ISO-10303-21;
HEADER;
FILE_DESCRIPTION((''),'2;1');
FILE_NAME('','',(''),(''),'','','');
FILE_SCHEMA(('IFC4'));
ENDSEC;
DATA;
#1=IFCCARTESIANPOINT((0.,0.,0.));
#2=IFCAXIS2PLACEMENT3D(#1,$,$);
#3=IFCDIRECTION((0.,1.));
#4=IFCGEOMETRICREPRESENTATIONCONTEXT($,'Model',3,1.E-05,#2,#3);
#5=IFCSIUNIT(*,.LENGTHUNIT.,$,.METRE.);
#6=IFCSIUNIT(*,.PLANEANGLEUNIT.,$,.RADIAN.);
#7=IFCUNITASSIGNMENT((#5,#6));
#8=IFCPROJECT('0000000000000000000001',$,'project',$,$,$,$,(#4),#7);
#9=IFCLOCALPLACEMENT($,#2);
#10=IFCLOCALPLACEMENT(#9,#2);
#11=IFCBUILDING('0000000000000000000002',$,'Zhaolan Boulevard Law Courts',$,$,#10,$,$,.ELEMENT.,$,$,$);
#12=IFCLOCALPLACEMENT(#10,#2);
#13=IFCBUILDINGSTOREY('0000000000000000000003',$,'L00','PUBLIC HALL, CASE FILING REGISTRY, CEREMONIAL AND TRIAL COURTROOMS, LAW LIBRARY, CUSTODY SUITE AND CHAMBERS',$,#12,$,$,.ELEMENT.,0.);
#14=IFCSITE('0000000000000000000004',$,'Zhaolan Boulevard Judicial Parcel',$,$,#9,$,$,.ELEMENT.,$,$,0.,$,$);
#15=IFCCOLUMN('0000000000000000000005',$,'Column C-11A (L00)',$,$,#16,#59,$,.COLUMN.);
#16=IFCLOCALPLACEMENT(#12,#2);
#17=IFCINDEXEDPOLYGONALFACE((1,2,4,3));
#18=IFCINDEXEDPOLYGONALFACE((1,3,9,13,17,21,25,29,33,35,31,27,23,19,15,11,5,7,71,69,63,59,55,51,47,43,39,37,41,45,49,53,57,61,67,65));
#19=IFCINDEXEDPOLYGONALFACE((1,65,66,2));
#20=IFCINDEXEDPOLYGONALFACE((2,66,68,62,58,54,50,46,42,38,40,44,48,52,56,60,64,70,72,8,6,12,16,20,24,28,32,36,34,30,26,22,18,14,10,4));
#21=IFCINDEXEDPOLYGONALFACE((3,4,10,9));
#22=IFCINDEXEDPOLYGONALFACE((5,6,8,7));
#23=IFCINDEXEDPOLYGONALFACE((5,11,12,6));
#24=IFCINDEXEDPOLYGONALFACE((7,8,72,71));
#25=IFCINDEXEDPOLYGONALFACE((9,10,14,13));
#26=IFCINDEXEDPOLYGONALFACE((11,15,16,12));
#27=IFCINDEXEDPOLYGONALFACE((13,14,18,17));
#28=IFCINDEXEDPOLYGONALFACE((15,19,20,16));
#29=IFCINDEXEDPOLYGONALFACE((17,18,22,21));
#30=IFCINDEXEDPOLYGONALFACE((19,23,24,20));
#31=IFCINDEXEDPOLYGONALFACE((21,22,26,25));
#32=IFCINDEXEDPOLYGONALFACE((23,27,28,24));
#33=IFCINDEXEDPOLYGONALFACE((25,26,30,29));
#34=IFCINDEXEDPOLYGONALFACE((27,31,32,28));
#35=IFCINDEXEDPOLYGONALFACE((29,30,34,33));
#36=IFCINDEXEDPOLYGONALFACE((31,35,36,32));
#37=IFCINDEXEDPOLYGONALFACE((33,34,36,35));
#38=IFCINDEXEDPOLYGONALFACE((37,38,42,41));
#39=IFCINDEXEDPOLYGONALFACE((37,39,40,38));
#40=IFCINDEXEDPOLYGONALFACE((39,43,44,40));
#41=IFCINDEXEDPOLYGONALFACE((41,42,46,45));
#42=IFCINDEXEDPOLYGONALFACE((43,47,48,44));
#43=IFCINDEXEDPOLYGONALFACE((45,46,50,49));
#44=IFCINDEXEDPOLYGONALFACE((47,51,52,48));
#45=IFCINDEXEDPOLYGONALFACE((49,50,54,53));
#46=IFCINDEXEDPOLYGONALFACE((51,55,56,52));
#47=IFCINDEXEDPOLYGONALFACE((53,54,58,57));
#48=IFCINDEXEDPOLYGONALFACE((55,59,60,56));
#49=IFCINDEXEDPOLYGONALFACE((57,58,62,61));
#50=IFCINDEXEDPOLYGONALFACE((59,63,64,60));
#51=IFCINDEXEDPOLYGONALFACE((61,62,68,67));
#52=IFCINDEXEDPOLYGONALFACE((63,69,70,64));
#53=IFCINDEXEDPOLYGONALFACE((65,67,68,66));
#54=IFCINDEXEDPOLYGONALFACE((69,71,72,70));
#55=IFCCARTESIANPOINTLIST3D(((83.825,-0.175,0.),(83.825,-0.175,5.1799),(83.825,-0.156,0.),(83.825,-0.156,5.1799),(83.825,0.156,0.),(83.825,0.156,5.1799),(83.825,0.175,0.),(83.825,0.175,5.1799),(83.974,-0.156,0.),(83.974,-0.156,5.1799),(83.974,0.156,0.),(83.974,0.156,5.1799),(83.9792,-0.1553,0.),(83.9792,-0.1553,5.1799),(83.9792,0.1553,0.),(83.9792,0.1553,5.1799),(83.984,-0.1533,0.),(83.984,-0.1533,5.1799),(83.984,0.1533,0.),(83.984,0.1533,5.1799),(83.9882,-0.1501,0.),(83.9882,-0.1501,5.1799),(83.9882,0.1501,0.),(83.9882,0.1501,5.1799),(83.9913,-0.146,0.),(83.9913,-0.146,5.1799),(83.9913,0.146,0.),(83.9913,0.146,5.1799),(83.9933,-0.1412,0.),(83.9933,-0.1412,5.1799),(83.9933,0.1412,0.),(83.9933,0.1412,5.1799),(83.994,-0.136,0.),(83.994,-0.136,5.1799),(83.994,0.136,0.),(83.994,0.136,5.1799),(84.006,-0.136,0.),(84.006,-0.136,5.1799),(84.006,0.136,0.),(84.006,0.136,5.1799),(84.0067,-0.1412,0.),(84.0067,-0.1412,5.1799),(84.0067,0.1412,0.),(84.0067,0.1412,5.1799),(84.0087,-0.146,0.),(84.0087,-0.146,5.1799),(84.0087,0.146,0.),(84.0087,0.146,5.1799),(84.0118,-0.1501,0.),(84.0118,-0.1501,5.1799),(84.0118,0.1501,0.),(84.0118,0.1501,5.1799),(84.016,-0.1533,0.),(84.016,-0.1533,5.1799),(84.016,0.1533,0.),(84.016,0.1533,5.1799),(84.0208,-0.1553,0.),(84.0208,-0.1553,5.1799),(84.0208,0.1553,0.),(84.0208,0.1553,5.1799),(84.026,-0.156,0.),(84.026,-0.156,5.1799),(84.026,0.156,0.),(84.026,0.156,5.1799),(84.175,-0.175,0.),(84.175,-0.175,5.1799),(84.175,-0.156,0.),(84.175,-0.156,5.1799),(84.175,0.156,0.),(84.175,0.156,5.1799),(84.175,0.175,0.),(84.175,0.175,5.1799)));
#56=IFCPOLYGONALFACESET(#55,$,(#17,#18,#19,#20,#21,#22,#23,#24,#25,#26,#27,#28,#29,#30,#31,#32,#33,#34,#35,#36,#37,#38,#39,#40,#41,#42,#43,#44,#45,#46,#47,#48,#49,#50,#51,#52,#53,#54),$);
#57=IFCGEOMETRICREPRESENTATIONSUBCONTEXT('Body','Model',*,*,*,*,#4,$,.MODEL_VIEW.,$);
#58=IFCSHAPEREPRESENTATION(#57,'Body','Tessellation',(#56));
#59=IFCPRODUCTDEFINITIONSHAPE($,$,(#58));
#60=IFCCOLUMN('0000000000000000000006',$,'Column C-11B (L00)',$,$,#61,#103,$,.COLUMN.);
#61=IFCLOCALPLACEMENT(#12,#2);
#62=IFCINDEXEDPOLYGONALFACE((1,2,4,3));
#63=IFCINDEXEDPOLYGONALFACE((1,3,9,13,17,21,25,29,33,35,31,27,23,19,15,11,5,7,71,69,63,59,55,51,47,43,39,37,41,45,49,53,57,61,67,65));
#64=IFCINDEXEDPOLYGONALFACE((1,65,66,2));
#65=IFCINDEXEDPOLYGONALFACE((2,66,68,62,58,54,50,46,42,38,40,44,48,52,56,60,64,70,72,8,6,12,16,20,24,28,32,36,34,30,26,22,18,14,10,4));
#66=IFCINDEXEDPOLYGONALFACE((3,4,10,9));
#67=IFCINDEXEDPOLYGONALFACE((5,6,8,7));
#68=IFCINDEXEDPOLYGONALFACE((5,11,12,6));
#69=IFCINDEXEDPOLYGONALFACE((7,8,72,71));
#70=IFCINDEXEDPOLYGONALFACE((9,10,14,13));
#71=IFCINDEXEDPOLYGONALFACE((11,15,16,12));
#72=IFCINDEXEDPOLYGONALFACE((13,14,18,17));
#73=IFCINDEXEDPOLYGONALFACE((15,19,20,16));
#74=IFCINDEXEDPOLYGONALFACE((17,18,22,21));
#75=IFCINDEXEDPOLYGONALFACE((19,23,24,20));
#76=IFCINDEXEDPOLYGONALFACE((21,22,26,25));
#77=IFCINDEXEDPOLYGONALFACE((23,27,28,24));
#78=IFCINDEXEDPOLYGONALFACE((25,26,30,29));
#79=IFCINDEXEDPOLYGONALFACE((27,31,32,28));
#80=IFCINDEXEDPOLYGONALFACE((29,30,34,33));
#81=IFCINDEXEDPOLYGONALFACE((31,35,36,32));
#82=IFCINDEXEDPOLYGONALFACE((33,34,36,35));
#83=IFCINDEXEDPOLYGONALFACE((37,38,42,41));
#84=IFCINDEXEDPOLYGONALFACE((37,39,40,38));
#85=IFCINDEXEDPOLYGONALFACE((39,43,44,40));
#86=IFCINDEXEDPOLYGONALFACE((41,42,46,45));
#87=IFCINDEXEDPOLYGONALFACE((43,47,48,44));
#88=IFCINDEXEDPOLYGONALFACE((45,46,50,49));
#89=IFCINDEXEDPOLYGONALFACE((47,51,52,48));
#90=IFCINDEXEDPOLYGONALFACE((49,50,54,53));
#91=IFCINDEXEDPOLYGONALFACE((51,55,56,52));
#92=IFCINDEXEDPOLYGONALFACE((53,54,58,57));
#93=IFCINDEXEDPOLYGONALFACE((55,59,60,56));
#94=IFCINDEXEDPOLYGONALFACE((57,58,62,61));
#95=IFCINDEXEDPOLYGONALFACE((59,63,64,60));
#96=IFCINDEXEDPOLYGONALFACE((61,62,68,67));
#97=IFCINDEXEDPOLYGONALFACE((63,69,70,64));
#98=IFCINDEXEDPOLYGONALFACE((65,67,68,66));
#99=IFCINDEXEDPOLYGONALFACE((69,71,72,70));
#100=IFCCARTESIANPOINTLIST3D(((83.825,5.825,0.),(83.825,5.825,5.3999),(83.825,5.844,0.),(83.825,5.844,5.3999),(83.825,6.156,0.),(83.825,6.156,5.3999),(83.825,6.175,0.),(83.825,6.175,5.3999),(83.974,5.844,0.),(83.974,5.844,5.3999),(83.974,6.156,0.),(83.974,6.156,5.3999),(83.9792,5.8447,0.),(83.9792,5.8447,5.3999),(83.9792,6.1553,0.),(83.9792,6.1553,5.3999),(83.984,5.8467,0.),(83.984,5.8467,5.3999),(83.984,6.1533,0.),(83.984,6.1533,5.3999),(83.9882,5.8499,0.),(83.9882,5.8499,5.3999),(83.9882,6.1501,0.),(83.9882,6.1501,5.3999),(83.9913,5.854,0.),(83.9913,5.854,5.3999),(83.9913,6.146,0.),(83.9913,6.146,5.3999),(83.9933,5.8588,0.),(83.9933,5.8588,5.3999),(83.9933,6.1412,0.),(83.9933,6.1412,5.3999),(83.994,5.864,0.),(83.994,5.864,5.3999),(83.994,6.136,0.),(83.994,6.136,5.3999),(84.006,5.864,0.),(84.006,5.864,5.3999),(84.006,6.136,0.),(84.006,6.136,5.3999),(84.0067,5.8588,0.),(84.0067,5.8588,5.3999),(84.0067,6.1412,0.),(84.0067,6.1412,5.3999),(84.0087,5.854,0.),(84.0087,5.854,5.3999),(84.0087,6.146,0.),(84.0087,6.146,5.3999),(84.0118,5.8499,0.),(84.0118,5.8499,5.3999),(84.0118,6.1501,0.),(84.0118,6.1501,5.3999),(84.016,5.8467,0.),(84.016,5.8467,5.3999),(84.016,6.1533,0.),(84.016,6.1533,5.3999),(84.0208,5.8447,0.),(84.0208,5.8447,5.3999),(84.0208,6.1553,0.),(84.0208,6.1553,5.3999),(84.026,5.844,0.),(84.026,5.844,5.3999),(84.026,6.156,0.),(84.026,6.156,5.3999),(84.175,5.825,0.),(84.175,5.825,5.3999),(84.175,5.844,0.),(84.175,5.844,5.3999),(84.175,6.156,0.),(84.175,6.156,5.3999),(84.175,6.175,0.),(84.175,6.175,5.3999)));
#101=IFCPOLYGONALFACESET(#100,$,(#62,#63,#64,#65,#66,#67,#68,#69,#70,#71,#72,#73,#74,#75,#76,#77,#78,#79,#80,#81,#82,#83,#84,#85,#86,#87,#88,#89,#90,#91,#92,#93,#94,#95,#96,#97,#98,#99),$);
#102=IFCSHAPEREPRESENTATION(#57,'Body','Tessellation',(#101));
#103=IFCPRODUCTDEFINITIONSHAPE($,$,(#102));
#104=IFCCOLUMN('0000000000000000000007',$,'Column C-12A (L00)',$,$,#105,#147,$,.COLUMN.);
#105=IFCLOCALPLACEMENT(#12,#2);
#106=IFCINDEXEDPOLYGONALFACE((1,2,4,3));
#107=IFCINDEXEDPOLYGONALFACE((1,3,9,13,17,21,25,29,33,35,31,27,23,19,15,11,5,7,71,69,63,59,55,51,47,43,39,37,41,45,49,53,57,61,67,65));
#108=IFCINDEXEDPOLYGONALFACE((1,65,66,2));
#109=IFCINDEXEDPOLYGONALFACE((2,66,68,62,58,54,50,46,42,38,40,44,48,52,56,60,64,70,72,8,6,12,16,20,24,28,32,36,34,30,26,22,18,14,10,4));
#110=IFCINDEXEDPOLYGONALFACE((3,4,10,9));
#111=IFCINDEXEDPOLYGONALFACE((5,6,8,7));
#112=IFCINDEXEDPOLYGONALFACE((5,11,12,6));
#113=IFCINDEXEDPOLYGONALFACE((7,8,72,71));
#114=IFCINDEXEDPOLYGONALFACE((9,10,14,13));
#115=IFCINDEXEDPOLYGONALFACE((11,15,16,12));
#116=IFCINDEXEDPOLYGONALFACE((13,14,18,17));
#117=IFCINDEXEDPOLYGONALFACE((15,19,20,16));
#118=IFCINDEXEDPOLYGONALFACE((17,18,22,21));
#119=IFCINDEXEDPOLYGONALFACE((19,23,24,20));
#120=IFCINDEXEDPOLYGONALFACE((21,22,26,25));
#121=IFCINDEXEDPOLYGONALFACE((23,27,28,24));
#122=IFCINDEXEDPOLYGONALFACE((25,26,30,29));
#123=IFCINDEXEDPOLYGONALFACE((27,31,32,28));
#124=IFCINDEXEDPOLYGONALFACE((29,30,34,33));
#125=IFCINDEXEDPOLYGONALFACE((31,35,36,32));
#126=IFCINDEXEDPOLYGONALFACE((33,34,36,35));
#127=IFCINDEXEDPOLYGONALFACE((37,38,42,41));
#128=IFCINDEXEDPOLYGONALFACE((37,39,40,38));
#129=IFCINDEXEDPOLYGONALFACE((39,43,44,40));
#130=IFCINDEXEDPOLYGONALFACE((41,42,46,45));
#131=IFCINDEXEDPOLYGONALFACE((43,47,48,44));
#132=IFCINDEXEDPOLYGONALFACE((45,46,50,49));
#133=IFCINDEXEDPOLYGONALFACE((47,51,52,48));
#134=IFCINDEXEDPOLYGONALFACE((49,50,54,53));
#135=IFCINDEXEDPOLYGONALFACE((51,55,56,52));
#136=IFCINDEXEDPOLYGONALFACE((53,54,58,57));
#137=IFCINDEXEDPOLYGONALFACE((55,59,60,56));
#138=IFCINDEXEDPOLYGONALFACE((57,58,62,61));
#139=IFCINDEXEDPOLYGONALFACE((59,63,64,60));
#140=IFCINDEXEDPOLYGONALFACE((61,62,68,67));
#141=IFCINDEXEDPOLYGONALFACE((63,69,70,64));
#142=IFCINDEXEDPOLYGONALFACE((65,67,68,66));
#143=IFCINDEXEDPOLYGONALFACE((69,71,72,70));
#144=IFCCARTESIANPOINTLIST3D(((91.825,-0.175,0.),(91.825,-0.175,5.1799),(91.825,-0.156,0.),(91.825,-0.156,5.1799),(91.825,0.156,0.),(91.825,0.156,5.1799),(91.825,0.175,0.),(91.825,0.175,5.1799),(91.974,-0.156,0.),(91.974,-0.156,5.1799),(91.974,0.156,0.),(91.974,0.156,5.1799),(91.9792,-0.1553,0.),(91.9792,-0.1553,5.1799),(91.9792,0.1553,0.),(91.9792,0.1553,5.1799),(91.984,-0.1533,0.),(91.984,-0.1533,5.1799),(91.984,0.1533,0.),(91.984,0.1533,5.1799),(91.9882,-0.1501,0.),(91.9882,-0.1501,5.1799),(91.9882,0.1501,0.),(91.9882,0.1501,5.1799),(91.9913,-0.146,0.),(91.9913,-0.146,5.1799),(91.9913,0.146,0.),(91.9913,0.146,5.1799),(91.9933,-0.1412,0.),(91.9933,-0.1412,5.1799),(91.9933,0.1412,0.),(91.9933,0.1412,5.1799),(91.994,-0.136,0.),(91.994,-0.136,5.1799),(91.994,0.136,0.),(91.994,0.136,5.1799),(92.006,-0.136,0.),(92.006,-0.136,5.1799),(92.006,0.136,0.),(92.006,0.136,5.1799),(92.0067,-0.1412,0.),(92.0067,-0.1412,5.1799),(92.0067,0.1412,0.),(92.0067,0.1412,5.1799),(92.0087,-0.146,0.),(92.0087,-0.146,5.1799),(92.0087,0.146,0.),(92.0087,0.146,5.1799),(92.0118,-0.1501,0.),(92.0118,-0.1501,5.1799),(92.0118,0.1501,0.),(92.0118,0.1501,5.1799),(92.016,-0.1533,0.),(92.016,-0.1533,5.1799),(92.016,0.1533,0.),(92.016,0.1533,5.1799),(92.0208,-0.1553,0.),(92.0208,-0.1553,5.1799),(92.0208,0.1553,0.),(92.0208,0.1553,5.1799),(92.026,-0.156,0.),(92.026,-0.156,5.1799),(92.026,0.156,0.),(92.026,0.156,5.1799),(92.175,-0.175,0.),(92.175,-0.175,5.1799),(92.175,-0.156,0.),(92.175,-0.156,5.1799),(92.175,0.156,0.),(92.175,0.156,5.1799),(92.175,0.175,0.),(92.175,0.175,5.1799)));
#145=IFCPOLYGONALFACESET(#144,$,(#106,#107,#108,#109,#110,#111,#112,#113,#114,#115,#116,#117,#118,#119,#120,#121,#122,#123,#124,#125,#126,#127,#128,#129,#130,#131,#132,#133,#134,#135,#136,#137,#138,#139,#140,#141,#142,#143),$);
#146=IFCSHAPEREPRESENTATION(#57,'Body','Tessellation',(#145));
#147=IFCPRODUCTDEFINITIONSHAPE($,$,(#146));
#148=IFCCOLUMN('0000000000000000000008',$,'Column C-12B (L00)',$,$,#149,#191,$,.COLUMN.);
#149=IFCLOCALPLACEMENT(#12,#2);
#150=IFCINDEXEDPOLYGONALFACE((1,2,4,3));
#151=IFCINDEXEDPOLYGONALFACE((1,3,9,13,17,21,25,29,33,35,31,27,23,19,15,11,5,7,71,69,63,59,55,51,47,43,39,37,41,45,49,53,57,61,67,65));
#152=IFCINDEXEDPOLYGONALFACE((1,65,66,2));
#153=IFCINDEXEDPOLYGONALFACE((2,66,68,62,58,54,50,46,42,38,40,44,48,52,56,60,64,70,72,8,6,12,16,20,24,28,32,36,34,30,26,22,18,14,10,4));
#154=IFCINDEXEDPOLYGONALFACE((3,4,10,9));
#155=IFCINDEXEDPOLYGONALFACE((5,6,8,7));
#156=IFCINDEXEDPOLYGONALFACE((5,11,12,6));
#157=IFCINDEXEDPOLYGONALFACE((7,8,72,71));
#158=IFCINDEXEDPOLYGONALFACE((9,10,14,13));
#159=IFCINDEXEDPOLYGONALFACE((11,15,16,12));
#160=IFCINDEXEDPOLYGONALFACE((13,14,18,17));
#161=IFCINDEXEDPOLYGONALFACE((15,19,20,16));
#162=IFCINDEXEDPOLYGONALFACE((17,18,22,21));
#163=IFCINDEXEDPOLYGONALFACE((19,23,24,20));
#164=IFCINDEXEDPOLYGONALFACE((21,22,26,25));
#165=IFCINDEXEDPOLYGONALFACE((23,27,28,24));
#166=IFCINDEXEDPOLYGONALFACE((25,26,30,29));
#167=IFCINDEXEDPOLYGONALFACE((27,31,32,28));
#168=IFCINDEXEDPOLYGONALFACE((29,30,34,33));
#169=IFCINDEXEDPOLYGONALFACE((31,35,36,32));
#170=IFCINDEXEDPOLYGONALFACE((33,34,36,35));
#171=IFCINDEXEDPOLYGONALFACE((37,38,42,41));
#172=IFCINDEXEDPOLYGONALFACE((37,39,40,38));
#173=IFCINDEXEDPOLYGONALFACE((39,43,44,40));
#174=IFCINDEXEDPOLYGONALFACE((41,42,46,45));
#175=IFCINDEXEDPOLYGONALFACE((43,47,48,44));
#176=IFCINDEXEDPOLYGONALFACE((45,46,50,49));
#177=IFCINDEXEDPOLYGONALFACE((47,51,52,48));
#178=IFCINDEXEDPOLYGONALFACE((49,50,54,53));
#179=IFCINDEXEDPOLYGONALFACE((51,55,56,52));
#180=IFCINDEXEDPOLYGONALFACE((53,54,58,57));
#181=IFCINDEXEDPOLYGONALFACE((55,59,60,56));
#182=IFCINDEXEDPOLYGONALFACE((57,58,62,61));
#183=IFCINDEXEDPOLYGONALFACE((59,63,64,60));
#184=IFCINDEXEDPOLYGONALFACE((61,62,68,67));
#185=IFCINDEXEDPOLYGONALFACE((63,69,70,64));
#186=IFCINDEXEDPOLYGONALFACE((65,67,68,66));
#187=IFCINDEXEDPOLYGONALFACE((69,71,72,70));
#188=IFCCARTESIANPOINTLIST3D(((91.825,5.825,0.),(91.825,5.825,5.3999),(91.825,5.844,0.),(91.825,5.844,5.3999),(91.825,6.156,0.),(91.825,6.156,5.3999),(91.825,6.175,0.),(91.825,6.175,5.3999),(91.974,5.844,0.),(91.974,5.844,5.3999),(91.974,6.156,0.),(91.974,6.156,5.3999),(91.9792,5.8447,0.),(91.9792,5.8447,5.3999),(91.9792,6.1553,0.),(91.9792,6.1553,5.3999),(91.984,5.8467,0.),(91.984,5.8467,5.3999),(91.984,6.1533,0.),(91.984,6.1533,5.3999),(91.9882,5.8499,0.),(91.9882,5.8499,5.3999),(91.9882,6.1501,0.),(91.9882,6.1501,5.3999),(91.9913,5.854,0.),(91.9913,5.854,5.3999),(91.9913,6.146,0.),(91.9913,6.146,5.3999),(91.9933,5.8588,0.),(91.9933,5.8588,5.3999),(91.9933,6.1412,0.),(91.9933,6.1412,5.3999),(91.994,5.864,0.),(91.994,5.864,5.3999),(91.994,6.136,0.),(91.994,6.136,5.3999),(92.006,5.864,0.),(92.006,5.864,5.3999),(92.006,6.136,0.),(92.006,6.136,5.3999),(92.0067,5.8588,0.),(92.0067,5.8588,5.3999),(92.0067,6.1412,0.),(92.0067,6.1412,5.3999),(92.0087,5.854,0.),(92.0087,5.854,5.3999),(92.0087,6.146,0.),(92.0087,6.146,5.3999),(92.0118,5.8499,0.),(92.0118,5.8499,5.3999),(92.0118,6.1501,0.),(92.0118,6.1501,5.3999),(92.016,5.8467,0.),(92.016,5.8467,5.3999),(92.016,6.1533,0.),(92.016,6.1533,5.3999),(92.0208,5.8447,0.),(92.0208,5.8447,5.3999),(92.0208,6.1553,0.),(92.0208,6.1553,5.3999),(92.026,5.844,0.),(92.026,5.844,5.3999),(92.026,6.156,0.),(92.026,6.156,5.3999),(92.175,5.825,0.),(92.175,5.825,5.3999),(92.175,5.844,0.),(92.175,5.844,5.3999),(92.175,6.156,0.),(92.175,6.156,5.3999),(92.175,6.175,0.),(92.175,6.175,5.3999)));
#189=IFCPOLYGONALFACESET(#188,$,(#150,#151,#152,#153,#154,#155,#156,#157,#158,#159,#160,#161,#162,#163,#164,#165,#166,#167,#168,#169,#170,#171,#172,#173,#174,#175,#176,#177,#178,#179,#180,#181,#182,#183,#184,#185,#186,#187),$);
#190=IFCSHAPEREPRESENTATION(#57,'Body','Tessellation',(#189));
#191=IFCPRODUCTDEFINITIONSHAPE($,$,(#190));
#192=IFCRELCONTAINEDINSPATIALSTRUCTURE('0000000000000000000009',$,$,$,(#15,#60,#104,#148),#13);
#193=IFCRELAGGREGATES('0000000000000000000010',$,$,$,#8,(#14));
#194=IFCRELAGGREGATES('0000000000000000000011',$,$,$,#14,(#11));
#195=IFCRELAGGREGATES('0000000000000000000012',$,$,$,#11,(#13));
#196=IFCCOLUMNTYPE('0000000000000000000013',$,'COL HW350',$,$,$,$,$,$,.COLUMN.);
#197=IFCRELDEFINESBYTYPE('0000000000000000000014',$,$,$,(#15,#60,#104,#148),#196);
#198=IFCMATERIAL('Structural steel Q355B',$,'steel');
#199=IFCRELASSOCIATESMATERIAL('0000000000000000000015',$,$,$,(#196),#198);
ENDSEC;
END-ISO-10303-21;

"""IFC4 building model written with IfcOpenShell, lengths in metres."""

from ifc_helpers import new_model, si_unit, direction, frame, origin, origin_2d, place, context, subcontext, project, spatial, i_section, extrude, material, material_profile, profile_set, type_object, element, save


model = new_model("IFC4")

# Units and contexts
model_context = context("Model", 3, precision=1e-05, world=origin(), true_north=direction((0.0, 1.0)))
body_context = subcontext(model_context, "Body", "Model", "MODEL_VIEW")
ifc_project = project(units=[si_unit("LENGTHUNIT", "METRE"), si_unit("PLANEANGLEUNIT", "RADIAN")], contexts=[model_context])

# Site, building, storey
site_placement = place(None, origin())
site = spatial("IfcSite", under=ifc_project, at=site_placement, Name="Zhaolan Boulevard Judicial Parcel", CompositionType="ELEMENT", RefElevation=0.0)
building_placement = place(site_placement, origin())
building = spatial("IfcBuilding", under=site, at=building_placement, Name="Zhaolan Boulevard Law Courts", CompositionType="ELEMENT")
storey_placement = place(building_placement, origin())
storey = spatial("IfcBuildingStorey", under=building, at=storey_placement, Name="L00", Description="PUBLIC HALL, CASE FILING REGISTRY, CEREMONIAL AND TRIAL COURTROOMS, LAW LIBRARY, CUSTODY SUITE AND CHAMBERS", CompositionType="ELEMENT", Elevation=0.0)

# Columns
ifc_material_1 = material(Name="Structural steel Q355B", Category="steel")
ifc_material_profile_1 = material_profile(ifc_material_1, i_section(OverallWidth=0.3501, OverallDepth=0.3501, WebThickness=0.012, FlangeThickness=0.019, FilletRadius=0.02, at=origin_2d()), Name="HW350x350")
ifc_profile_set_1 = profile_set([ifc_material_profile_1], Name="Structural steel Q355B")
column_type_1 = type_object("IfcColumnType", Name="COL HW350", PredefinedType="COLUMN", material=ifc_profile_set_1)
column_1_placement = place(storey_placement, frame((84.0, 0.0, 0.0), z_axis=(0.0, 0.0, 1.0), x_axis=(1.0, 0.0, 0.0)))
element("IfcColumn", 1, at=column_1_placement, inside=storey, type_object=column_type_1, Name="Column C-11A (L00)", PredefinedType="COLUMN", context=body_context, shape_type="SweptSolid", body=[
    extrude(i_section(OverallWidth=0.3501, OverallDepth=0.3501, WebThickness=0.012, FlangeThickness=0.019, FilletRadius=0.02, at=origin_2d()), origin(), (0.0, 0.0, 1.0), 5.1799),
])
column_2_placement = place(storey_placement, frame((84.0, 6.0, 0.0), z_axis=(0.0, 0.0, 1.0), x_axis=(1.0, 0.0, 0.0)))
element("IfcColumn", 2, at=column_2_placement, inside=storey, type_object=column_type_1, Name="Column C-11B (L00)", PredefinedType="COLUMN", context=body_context, shape_type="SweptSolid", body=[
    extrude(i_section(OverallWidth=0.3501, OverallDepth=0.3501, WebThickness=0.012, FlangeThickness=0.019, FilletRadius=0.02, at=origin_2d()), origin(), (0.0, 0.0, 1.0), 5.3999),
])
column_3_placement = place(storey_placement, frame((92.0, 0.0, 0.0), z_axis=(0.0, 0.0, 1.0), x_axis=(1.0, 0.0, 0.0)))
element("IfcColumn", 3, at=column_3_placement, inside=storey, type_object=column_type_1, Name="Column C-12A (L00)", PredefinedType="COLUMN", context=body_context, shape_type="SweptSolid", body=[
    extrude(i_section(OverallWidth=0.3501, OverallDepth=0.3501, WebThickness=0.012, FlangeThickness=0.019, FilletRadius=0.02, at=origin_2d()), origin(), (0.0, 0.0, 1.0), 5.1799),
])
column_4_placement = place(storey_placement, frame((92.0, 6.0, 0.0), z_axis=(0.0, 0.0, 1.0), x_axis=(1.0, 0.0, 0.0)))
element("IfcColumn", 4, at=column_4_placement, inside=storey, type_object=column_type_1, Name="Column C-12B (L00)", PredefinedType="COLUMN", context=body_context, shape_type="SweptSolid", body=[
    extrude(i_section(OverallWidth=0.3501, OverallDepth=0.3501, WebThickness=0.012, FlangeThickness=0.019, FilletRadius=0.02, at=origin_2d()), origin(), (0.0, 0.0, 1.0), 5.3999),
])

save(model, "model.ifc")
